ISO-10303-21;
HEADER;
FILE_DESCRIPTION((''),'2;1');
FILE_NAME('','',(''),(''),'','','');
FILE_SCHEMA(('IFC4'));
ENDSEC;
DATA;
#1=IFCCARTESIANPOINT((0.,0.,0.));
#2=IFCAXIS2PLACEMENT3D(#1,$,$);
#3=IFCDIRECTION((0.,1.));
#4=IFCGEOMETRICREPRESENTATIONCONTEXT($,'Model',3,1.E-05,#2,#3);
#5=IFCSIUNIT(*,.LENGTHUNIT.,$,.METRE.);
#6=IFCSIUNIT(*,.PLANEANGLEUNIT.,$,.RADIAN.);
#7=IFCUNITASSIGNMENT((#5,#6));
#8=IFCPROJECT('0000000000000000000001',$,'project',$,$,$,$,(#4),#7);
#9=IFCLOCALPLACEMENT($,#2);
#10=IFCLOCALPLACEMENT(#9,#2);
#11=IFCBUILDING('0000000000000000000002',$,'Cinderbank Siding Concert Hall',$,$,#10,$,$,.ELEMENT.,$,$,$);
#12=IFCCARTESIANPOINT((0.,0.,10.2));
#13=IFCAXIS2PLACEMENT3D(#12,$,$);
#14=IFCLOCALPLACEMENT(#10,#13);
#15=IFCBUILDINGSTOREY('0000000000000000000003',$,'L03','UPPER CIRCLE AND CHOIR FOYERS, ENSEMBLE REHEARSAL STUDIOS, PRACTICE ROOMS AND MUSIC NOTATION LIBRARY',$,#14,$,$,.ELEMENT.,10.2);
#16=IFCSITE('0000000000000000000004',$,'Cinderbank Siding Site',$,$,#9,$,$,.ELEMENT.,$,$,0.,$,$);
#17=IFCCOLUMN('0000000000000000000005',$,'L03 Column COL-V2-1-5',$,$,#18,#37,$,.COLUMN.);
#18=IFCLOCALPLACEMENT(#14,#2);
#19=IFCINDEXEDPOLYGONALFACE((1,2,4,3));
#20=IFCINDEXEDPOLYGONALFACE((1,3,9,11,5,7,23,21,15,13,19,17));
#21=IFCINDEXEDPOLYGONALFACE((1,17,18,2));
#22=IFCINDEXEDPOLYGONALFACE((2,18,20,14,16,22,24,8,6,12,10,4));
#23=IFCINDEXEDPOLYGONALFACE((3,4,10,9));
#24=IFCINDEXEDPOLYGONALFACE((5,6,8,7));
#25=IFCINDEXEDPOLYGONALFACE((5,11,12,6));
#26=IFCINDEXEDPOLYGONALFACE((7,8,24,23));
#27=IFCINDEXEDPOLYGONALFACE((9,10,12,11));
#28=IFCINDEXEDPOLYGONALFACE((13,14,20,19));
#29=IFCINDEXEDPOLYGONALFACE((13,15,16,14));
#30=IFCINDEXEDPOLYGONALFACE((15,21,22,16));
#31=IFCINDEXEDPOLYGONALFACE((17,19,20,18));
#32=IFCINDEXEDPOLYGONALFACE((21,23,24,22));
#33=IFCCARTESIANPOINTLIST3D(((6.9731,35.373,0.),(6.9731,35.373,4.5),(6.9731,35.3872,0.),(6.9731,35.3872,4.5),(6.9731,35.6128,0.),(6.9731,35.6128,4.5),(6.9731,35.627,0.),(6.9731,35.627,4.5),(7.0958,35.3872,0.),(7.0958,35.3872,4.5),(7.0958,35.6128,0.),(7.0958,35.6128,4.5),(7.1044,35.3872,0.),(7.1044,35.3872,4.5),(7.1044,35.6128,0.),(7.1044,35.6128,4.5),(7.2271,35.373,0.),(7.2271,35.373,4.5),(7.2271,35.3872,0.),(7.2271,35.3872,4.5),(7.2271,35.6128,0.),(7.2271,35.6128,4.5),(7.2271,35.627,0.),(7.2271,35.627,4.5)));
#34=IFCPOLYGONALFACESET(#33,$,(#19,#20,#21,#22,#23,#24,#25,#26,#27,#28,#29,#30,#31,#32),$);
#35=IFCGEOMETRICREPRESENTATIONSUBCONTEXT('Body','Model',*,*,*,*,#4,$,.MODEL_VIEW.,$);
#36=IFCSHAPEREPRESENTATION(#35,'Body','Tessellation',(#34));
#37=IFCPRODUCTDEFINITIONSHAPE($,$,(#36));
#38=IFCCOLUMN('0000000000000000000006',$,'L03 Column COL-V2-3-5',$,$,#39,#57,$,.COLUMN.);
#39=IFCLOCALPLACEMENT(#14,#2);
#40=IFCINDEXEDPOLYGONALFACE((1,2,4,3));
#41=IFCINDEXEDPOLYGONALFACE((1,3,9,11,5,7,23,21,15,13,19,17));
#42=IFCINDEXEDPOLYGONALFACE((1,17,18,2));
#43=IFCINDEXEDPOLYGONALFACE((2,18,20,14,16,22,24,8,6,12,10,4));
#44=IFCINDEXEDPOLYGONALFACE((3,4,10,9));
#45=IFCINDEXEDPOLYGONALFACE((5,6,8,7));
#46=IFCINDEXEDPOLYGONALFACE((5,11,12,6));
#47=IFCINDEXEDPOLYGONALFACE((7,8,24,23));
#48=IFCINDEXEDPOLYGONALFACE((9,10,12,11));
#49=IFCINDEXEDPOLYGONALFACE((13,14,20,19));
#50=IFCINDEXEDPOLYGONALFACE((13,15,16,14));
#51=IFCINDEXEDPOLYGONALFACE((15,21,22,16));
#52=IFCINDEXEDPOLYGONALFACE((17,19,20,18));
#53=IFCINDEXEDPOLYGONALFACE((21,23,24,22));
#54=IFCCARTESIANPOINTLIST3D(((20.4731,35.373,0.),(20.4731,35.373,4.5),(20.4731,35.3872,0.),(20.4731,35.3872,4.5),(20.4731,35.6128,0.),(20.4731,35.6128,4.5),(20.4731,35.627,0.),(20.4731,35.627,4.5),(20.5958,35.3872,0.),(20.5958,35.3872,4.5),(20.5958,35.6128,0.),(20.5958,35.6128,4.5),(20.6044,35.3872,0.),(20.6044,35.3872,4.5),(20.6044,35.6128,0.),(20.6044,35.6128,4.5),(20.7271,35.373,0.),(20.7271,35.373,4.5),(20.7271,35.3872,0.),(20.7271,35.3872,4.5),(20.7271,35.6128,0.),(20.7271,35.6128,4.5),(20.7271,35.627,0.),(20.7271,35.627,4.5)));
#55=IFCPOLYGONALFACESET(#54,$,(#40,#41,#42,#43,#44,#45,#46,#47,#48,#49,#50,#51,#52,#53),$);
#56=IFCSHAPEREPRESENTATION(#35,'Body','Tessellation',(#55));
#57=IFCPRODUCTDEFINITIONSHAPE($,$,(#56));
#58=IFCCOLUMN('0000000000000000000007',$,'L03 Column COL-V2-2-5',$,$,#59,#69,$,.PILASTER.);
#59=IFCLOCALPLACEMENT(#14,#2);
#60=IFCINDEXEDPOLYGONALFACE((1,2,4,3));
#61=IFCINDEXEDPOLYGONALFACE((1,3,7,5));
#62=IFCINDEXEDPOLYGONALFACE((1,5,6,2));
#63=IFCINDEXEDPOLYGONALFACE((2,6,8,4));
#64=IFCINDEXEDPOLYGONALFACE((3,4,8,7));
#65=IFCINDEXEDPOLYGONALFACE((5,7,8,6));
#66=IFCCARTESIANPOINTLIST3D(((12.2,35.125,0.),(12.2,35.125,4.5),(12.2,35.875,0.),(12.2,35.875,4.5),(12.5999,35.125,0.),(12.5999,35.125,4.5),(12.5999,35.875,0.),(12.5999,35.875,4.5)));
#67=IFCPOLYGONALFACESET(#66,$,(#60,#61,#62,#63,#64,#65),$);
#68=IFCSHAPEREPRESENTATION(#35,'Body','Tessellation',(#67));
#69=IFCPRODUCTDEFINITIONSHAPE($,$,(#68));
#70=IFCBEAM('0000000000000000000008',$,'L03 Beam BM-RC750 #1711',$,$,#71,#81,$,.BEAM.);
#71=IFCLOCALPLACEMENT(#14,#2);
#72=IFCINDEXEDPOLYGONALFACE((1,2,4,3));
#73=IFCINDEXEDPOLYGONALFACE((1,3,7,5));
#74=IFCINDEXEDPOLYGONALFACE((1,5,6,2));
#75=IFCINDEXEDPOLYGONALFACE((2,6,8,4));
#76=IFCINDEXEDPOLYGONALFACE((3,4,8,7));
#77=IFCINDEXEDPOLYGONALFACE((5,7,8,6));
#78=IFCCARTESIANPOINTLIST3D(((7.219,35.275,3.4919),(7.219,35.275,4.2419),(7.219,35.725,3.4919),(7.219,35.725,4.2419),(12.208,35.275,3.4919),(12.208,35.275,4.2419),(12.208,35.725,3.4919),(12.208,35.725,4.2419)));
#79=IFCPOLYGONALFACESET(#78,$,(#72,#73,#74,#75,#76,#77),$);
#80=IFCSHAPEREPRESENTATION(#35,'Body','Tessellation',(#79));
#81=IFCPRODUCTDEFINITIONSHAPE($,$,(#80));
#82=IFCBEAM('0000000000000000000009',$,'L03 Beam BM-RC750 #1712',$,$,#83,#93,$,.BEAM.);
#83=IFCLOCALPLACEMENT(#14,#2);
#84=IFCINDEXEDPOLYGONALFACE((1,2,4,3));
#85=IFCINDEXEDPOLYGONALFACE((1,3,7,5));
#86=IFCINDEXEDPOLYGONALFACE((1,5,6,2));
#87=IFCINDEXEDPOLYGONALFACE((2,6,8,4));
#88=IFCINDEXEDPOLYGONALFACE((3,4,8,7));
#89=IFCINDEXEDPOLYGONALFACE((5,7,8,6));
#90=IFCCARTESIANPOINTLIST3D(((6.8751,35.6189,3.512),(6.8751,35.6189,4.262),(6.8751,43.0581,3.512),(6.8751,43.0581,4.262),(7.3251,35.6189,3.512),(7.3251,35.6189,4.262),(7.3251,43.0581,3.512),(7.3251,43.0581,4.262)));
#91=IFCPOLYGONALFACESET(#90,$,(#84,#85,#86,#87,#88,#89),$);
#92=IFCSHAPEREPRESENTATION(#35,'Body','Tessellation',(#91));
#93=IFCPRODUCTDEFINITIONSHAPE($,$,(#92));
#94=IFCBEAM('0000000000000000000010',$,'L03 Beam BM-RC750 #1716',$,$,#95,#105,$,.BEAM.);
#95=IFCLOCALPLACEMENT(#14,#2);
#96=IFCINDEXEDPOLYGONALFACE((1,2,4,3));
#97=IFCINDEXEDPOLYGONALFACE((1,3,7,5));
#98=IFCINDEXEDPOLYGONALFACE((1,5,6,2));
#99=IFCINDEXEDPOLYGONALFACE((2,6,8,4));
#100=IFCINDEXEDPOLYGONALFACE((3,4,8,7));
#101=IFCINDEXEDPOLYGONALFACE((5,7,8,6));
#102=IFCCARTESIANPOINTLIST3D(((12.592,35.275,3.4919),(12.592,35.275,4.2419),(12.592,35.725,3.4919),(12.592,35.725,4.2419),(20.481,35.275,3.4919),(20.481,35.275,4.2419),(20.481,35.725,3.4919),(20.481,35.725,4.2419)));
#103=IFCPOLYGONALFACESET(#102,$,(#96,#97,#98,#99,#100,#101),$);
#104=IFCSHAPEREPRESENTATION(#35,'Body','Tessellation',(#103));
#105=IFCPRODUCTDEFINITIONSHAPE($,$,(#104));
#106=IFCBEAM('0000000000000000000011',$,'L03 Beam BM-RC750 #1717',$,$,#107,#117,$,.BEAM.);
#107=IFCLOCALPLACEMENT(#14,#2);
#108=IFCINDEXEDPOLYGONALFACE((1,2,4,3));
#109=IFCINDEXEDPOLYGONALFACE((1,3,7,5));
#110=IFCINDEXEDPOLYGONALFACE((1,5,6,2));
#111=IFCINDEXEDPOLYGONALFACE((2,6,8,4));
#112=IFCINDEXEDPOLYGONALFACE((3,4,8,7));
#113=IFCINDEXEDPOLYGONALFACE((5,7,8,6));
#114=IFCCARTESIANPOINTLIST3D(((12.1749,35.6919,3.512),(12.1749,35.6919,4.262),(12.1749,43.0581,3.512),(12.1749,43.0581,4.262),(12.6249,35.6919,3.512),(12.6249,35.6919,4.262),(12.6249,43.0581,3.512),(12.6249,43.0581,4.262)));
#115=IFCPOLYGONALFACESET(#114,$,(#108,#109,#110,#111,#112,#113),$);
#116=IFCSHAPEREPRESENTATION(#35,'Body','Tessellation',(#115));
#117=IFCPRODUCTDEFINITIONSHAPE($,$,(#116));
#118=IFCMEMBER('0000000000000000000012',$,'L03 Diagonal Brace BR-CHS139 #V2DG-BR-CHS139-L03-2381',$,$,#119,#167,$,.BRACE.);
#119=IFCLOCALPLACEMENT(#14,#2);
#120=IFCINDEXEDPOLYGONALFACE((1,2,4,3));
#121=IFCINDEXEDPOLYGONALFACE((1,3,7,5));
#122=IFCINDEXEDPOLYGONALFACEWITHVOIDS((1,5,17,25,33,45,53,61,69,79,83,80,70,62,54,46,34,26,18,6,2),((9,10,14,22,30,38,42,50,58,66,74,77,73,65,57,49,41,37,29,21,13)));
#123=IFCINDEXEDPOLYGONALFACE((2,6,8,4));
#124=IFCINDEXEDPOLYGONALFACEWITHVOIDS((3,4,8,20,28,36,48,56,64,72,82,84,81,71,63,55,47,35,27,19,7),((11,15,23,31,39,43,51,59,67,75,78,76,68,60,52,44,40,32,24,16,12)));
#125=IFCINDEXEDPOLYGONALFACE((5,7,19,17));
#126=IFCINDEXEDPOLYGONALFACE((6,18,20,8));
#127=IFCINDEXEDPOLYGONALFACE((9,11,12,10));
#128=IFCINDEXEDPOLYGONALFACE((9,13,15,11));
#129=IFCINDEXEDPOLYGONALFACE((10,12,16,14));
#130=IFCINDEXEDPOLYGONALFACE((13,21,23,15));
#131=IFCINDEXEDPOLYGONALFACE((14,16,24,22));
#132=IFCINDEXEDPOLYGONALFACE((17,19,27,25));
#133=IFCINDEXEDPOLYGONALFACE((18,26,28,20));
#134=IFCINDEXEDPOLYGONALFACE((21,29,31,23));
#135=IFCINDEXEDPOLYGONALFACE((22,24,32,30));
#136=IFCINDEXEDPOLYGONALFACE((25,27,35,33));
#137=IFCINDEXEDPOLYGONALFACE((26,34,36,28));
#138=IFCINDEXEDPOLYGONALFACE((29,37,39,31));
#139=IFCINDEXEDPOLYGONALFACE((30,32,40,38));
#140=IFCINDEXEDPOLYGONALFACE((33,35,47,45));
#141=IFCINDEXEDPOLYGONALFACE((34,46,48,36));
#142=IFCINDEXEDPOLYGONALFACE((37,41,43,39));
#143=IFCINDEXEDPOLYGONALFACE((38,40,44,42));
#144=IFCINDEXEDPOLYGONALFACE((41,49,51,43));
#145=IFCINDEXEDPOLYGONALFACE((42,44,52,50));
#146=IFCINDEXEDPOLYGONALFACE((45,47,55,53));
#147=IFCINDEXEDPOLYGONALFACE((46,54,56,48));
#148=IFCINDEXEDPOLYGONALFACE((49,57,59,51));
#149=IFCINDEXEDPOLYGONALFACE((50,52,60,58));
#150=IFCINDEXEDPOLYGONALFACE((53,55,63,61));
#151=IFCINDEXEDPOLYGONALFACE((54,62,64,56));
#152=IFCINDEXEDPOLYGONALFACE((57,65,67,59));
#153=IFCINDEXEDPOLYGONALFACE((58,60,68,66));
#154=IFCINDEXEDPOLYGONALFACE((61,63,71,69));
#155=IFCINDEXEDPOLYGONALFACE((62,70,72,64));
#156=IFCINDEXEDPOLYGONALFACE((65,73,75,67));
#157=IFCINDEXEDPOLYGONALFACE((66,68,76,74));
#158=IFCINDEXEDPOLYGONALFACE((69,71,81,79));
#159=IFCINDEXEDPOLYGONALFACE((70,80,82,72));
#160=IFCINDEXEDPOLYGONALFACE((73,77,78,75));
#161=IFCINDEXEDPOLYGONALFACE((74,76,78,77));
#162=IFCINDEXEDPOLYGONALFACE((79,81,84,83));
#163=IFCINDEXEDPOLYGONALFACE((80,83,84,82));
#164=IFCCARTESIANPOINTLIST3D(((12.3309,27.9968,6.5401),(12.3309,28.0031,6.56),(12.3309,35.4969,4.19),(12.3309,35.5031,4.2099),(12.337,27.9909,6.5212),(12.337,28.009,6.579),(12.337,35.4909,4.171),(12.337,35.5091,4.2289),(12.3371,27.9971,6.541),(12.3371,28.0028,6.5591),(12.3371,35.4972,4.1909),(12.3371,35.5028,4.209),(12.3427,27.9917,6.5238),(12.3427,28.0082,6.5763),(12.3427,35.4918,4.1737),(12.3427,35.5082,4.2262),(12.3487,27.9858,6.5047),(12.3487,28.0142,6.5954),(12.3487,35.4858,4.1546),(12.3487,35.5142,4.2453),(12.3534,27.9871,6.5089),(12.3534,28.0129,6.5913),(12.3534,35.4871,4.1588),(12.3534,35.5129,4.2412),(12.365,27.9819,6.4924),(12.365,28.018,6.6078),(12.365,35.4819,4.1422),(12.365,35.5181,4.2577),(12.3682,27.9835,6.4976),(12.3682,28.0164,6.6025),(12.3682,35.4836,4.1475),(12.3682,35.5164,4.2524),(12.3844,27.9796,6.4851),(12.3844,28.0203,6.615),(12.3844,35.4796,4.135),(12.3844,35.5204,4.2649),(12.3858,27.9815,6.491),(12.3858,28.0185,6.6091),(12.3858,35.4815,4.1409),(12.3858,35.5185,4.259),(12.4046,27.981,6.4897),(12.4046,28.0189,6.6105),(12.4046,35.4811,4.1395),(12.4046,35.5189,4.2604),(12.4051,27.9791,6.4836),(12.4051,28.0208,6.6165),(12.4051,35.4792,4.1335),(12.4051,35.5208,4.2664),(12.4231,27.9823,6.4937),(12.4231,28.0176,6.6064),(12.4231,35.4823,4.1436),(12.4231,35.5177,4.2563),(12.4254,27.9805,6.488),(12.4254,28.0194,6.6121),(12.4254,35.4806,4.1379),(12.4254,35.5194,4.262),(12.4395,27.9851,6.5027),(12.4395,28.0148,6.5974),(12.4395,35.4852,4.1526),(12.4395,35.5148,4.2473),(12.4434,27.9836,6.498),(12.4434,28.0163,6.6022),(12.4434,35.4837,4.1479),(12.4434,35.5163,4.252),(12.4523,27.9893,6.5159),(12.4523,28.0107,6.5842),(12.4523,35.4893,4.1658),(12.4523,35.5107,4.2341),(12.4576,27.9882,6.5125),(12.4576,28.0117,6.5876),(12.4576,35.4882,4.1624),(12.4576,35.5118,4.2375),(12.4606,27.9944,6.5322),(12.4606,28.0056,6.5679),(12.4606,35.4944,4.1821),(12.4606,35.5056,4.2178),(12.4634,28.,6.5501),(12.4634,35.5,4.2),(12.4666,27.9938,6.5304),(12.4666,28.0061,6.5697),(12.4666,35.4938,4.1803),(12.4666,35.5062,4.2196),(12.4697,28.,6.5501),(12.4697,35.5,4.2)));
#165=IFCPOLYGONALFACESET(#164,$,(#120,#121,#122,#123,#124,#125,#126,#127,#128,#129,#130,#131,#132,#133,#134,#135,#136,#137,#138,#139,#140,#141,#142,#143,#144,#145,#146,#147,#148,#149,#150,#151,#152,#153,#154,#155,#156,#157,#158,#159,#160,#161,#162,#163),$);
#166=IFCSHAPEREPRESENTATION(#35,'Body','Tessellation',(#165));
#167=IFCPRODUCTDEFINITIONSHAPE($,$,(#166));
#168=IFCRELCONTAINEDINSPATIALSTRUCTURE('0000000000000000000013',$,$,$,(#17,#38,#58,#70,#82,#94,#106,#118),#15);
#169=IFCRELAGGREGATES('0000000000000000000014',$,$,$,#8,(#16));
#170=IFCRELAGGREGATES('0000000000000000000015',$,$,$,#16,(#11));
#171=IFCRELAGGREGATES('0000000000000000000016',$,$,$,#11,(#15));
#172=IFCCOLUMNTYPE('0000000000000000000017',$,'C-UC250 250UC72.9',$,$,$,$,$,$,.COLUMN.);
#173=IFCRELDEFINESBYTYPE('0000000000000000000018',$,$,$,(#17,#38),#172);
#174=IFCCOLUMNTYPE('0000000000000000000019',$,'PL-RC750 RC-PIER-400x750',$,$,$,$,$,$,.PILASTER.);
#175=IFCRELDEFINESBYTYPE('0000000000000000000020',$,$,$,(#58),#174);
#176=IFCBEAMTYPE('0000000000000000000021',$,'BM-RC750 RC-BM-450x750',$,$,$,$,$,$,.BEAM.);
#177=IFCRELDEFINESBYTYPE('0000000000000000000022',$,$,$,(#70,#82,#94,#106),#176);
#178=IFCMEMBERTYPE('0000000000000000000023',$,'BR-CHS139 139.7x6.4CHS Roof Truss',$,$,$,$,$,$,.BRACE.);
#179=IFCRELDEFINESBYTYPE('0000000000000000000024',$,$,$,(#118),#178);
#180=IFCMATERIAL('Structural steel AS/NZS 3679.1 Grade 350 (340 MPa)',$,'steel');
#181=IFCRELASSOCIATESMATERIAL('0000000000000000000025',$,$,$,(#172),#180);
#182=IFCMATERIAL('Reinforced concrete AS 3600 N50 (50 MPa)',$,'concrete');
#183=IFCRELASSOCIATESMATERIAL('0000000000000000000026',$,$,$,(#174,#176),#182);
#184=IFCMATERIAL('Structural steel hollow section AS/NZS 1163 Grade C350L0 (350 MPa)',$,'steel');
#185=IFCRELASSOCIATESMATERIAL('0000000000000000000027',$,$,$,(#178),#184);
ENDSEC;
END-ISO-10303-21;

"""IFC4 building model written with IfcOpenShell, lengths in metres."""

from ifc_helpers import new_model, si_unit, direction, frame, origin, origin_2d, place, context, subcontext, project, spatial, rectangle, hollow_circle, i_section, extrude, material, material_profile, profile_set, type_object, element, save


model = new_model("IFC4")

# Units and contexts
model_context = context("Model", 3, precision=1e-05, world=origin(), true_north=direction((0.0, 1.0)))
body_context = subcontext(model_context, "Body", "Model", "MODEL_VIEW")
ifc_project = project(units=[si_unit("LENGTHUNIT", "METRE"), si_unit("PLANEANGLEUNIT", "RADIAN")], contexts=[model_context])

# Site, building, storey
site_placement = place(None, origin())
site = spatial("IfcSite", under=ifc_project, at=site_placement, Name="Cinderbank Siding Site", CompositionType="ELEMENT", RefElevation=0.0)
building_placement = place(site_placement, origin())
building = spatial("IfcBuilding", under=site, at=building_placement, Name="Cinderbank Siding Concert Hall", CompositionType="ELEMENT")
storey_placement = place(building_placement, frame((0.0, 0.0, 10.2)))
storey = spatial("IfcBuildingStorey", under=building, at=storey_placement, Name="L03", Description="UPPER CIRCLE AND CHOIR FOYERS, ENSEMBLE REHEARSAL STUDIOS, PRACTICE ROOMS AND MUSIC NOTATION LIBRARY", CompositionType="ELEMENT", Elevation=10.2)

# Columns
ifc_material_1 = material(Name="Structural steel AS/NZS 3679.1 Grade 350 (340 MPa)", Category="steel")
ifc_material_profile_1 = material_profile(ifc_material_1, i_section(OverallWidth=0.2539, OverallDepth=0.2539, WebThickness=0.0085, FlangeThickness=0.0142, at=origin_2d()), Name="250UC72.9", Category="LoadBearing")
ifc_profile_set_1 = profile_set([ifc_material_profile_1], Name="Structural steel AS/NZS 3679.1 Grade 350 (340 MPa)")
column_type_1 = type_object("IfcColumnType", Name="C-UC250 250UC72.9", PredefinedType="COLUMN", material=ifc_profile_set_1)
for number, where, z_axis, x_axis, name in (
    (1, (7.1001, 35.5, 0.0), (0.0, 0.0, 1.0), (1.0, 0.0, 0.0), "L03 Column COL-V2-1-5"),
    (2, (20.6001, 35.5, 0.0), (0.0, 0.0, 1.0), (1.0, 0.0, 0.0), "L03 Column COL-V2-3-5"),
):
    element("IfcColumn", number, at=place(storey_placement, frame(where, z_axis=z_axis, x_axis=x_axis)), inside=storey, type_object=column_type_1, Name=name, PredefinedType="COLUMN", context=body_context, shape_type="SweptSolid", body=[
        extrude(i_section(OverallWidth=0.2539, OverallDepth=0.2539, WebThickness=0.0085, FlangeThickness=0.0142, at=origin_2d()), origin(), (0.0, 0.0, 1.0), 4.5),
    ])
ifc_material_2 = material(Name="Reinforced concrete AS 3600 N50 (50 MPa)", Category="concrete")
ifc_material_profile_2 = material_profile(ifc_material_2, rectangle(XDim=0.3999, YDim=0.75, at=origin_2d()), Name="RC-PIER-400x750", Category="LoadBearing")
ifc_profile_set_2 = profile_set([ifc_material_profile_2], Name="Reinforced concrete AS 3600 N50 (50 MPa)")
column_type_2 = type_object("IfcColumnType", Name="PL-RC750 RC-PIER-400x750", PredefinedType="PILASTER", material=ifc_profile_set_2)
column_placement = place(storey_placement, frame((12.3999, 35.5, 0.0), z_axis=(0.0, 0.0, 1.0), x_axis=(1.0, 0.0, 0.0)))
element("IfcColumn", 3, at=column_placement, inside=storey, type_object=column_type_2, Name="L03 Column COL-V2-2-5", PredefinedType="PILASTER", context=body_context, shape_type="SweptSolid", body=[
    extrude(rectangle(XDim=0.3999, YDim=0.75, at=origin_2d()), origin(), (0.0, 0.0, 1.0), 4.5),
])

# Beams
ifc_material_profile_3 = material_profile(ifc_material_2, rectangle(XDim=0.45, YDim=0.75, at=origin_2d()), Name="RC-BM-450x750", Category="LoadBearing")
ifc_profile_set_3 = profile_set([ifc_material_profile_3], Name="Reinforced concrete AS 3600 N50 (50 MPa)")
beam_type_1 = type_object("IfcBeamType", Name="BM-RC750 RC-BM-450x750", PredefinedType="BEAM", material=ifc_profile_set_3)
beam_1_placement = place(storey_placement, frame((7.219, 35.5, 3.8669), z_axis=(1.0, 0.0, 0.0), x_axis=(0.0, 1.0, 0.0)))
element("IfcBeam", 4, at=beam_1_placement, inside=storey, type_object=beam_type_1, Name="L03 Beam BM-RC750 #1711", PredefinedType="BEAM", context=body_context, shape_type="SweptSolid", body=[
    extrude(rectangle(XDim=0.45, YDim=0.75, at=origin_2d()), origin(), (0.0, 0.0, 1.0), 4.989),
])
beam_2_placement = place(storey_placement, frame((7.1001, 35.6189, 3.887), z_axis=(0.0, 1.0, 0.0), x_axis=(-1.0, 0.0, 0.0)))
element("IfcBeam", 5, at=beam_2_placement, inside=storey, type_object=beam_type_1, Name="L03 Beam BM-RC750 #1712", PredefinedType="BEAM", context=body_context, shape_type="SweptSolid", body=[
    extrude(rectangle(XDim=0.45, YDim=0.75, at=origin_2d()), origin(), (0.0, 0.0, 1.0), 7.4392),
])
beam_3_placement = place(storey_placement, frame((12.592, 35.5, 3.8669), z_axis=(1.0, 0.0, 0.0), x_axis=(0.0, 1.0, 0.0)))
element("IfcBeam", 6, at=beam_3_placement, inside=storey, type_object=beam_type_1, Name="L03 Beam BM-RC750 #1716", PredefinedType="BEAM", context=body_context, shape_type="SweptSolid", body=[
    extrude(rectangle(XDim=0.45, YDim=0.75, at=origin_2d()), origin(), (0.0, 0.0, 1.0), 7.8889),
])
beam_4_placement = place(storey_placement, frame((12.3999, 35.6919, 3.887), z_axis=(0.0, 1.0, 0.0), x_axis=(-1.0, 0.0, 0.0)))
element("IfcBeam", 7, at=beam_4_placement, inside=storey, type_object=beam_type_1, Name="L03 Beam BM-RC750 #1717", PredefinedType="BEAM", context=body_context, shape_type="SweptSolid", body=[
    extrude(rectangle(XDim=0.45, YDim=0.75, at=origin_2d()), origin(), (0.0, 0.0, 1.0), 7.3662),
])

# Member
ifc_material_3 = material(Name="Structural steel hollow section AS/NZS 1163 Grade C350L0 (350 MPa)", Category="steel")
ifc_material_profile_4 = material_profile(ifc_material_3, hollow_circle(Radius=0.0698, WallThickness=0.0063, at=origin_2d()), Name="139.7x6.4CHS", Category="LoadBearing")
ifc_profile_set_4 = profile_set([ifc_material_profile_4], Name="Structural steel hollow section AS/NZS 1163 Grade C350L0 (350 MPa)")
member_type_1 = type_object("IfcMemberType", Name="BR-CHS139 139.7x6.4CHS Roof Truss", PredefinedType="BRACE", material=ifc_profile_set_4)
for number, where, z_axis, x_axis, name in (
    (8, (12.3999, 35.5, 4.2), (0.0, -0.95425, 0.299011), (1.0, 0.0, 0.0), "L03 Diagonal Brace BR-CHS139 #V2DG-BR-CHS139-L03-2381"),
):
    element("IfcMember", number, at=place(storey_placement, frame(where, z_axis=z_axis, x_axis=x_axis)), inside=storey, type_object=member_type_1, Name=name, PredefinedType="BRACE", context=body_context, shape_type="SweptSolid", body=[
        extrude(hollow_circle(Radius=0.0698, WallThickness=0.0063, at=origin_2d()), origin(), (0.0, 0.0, 1.0), 7.8596),
    ])

save(model, "model.ifc")
